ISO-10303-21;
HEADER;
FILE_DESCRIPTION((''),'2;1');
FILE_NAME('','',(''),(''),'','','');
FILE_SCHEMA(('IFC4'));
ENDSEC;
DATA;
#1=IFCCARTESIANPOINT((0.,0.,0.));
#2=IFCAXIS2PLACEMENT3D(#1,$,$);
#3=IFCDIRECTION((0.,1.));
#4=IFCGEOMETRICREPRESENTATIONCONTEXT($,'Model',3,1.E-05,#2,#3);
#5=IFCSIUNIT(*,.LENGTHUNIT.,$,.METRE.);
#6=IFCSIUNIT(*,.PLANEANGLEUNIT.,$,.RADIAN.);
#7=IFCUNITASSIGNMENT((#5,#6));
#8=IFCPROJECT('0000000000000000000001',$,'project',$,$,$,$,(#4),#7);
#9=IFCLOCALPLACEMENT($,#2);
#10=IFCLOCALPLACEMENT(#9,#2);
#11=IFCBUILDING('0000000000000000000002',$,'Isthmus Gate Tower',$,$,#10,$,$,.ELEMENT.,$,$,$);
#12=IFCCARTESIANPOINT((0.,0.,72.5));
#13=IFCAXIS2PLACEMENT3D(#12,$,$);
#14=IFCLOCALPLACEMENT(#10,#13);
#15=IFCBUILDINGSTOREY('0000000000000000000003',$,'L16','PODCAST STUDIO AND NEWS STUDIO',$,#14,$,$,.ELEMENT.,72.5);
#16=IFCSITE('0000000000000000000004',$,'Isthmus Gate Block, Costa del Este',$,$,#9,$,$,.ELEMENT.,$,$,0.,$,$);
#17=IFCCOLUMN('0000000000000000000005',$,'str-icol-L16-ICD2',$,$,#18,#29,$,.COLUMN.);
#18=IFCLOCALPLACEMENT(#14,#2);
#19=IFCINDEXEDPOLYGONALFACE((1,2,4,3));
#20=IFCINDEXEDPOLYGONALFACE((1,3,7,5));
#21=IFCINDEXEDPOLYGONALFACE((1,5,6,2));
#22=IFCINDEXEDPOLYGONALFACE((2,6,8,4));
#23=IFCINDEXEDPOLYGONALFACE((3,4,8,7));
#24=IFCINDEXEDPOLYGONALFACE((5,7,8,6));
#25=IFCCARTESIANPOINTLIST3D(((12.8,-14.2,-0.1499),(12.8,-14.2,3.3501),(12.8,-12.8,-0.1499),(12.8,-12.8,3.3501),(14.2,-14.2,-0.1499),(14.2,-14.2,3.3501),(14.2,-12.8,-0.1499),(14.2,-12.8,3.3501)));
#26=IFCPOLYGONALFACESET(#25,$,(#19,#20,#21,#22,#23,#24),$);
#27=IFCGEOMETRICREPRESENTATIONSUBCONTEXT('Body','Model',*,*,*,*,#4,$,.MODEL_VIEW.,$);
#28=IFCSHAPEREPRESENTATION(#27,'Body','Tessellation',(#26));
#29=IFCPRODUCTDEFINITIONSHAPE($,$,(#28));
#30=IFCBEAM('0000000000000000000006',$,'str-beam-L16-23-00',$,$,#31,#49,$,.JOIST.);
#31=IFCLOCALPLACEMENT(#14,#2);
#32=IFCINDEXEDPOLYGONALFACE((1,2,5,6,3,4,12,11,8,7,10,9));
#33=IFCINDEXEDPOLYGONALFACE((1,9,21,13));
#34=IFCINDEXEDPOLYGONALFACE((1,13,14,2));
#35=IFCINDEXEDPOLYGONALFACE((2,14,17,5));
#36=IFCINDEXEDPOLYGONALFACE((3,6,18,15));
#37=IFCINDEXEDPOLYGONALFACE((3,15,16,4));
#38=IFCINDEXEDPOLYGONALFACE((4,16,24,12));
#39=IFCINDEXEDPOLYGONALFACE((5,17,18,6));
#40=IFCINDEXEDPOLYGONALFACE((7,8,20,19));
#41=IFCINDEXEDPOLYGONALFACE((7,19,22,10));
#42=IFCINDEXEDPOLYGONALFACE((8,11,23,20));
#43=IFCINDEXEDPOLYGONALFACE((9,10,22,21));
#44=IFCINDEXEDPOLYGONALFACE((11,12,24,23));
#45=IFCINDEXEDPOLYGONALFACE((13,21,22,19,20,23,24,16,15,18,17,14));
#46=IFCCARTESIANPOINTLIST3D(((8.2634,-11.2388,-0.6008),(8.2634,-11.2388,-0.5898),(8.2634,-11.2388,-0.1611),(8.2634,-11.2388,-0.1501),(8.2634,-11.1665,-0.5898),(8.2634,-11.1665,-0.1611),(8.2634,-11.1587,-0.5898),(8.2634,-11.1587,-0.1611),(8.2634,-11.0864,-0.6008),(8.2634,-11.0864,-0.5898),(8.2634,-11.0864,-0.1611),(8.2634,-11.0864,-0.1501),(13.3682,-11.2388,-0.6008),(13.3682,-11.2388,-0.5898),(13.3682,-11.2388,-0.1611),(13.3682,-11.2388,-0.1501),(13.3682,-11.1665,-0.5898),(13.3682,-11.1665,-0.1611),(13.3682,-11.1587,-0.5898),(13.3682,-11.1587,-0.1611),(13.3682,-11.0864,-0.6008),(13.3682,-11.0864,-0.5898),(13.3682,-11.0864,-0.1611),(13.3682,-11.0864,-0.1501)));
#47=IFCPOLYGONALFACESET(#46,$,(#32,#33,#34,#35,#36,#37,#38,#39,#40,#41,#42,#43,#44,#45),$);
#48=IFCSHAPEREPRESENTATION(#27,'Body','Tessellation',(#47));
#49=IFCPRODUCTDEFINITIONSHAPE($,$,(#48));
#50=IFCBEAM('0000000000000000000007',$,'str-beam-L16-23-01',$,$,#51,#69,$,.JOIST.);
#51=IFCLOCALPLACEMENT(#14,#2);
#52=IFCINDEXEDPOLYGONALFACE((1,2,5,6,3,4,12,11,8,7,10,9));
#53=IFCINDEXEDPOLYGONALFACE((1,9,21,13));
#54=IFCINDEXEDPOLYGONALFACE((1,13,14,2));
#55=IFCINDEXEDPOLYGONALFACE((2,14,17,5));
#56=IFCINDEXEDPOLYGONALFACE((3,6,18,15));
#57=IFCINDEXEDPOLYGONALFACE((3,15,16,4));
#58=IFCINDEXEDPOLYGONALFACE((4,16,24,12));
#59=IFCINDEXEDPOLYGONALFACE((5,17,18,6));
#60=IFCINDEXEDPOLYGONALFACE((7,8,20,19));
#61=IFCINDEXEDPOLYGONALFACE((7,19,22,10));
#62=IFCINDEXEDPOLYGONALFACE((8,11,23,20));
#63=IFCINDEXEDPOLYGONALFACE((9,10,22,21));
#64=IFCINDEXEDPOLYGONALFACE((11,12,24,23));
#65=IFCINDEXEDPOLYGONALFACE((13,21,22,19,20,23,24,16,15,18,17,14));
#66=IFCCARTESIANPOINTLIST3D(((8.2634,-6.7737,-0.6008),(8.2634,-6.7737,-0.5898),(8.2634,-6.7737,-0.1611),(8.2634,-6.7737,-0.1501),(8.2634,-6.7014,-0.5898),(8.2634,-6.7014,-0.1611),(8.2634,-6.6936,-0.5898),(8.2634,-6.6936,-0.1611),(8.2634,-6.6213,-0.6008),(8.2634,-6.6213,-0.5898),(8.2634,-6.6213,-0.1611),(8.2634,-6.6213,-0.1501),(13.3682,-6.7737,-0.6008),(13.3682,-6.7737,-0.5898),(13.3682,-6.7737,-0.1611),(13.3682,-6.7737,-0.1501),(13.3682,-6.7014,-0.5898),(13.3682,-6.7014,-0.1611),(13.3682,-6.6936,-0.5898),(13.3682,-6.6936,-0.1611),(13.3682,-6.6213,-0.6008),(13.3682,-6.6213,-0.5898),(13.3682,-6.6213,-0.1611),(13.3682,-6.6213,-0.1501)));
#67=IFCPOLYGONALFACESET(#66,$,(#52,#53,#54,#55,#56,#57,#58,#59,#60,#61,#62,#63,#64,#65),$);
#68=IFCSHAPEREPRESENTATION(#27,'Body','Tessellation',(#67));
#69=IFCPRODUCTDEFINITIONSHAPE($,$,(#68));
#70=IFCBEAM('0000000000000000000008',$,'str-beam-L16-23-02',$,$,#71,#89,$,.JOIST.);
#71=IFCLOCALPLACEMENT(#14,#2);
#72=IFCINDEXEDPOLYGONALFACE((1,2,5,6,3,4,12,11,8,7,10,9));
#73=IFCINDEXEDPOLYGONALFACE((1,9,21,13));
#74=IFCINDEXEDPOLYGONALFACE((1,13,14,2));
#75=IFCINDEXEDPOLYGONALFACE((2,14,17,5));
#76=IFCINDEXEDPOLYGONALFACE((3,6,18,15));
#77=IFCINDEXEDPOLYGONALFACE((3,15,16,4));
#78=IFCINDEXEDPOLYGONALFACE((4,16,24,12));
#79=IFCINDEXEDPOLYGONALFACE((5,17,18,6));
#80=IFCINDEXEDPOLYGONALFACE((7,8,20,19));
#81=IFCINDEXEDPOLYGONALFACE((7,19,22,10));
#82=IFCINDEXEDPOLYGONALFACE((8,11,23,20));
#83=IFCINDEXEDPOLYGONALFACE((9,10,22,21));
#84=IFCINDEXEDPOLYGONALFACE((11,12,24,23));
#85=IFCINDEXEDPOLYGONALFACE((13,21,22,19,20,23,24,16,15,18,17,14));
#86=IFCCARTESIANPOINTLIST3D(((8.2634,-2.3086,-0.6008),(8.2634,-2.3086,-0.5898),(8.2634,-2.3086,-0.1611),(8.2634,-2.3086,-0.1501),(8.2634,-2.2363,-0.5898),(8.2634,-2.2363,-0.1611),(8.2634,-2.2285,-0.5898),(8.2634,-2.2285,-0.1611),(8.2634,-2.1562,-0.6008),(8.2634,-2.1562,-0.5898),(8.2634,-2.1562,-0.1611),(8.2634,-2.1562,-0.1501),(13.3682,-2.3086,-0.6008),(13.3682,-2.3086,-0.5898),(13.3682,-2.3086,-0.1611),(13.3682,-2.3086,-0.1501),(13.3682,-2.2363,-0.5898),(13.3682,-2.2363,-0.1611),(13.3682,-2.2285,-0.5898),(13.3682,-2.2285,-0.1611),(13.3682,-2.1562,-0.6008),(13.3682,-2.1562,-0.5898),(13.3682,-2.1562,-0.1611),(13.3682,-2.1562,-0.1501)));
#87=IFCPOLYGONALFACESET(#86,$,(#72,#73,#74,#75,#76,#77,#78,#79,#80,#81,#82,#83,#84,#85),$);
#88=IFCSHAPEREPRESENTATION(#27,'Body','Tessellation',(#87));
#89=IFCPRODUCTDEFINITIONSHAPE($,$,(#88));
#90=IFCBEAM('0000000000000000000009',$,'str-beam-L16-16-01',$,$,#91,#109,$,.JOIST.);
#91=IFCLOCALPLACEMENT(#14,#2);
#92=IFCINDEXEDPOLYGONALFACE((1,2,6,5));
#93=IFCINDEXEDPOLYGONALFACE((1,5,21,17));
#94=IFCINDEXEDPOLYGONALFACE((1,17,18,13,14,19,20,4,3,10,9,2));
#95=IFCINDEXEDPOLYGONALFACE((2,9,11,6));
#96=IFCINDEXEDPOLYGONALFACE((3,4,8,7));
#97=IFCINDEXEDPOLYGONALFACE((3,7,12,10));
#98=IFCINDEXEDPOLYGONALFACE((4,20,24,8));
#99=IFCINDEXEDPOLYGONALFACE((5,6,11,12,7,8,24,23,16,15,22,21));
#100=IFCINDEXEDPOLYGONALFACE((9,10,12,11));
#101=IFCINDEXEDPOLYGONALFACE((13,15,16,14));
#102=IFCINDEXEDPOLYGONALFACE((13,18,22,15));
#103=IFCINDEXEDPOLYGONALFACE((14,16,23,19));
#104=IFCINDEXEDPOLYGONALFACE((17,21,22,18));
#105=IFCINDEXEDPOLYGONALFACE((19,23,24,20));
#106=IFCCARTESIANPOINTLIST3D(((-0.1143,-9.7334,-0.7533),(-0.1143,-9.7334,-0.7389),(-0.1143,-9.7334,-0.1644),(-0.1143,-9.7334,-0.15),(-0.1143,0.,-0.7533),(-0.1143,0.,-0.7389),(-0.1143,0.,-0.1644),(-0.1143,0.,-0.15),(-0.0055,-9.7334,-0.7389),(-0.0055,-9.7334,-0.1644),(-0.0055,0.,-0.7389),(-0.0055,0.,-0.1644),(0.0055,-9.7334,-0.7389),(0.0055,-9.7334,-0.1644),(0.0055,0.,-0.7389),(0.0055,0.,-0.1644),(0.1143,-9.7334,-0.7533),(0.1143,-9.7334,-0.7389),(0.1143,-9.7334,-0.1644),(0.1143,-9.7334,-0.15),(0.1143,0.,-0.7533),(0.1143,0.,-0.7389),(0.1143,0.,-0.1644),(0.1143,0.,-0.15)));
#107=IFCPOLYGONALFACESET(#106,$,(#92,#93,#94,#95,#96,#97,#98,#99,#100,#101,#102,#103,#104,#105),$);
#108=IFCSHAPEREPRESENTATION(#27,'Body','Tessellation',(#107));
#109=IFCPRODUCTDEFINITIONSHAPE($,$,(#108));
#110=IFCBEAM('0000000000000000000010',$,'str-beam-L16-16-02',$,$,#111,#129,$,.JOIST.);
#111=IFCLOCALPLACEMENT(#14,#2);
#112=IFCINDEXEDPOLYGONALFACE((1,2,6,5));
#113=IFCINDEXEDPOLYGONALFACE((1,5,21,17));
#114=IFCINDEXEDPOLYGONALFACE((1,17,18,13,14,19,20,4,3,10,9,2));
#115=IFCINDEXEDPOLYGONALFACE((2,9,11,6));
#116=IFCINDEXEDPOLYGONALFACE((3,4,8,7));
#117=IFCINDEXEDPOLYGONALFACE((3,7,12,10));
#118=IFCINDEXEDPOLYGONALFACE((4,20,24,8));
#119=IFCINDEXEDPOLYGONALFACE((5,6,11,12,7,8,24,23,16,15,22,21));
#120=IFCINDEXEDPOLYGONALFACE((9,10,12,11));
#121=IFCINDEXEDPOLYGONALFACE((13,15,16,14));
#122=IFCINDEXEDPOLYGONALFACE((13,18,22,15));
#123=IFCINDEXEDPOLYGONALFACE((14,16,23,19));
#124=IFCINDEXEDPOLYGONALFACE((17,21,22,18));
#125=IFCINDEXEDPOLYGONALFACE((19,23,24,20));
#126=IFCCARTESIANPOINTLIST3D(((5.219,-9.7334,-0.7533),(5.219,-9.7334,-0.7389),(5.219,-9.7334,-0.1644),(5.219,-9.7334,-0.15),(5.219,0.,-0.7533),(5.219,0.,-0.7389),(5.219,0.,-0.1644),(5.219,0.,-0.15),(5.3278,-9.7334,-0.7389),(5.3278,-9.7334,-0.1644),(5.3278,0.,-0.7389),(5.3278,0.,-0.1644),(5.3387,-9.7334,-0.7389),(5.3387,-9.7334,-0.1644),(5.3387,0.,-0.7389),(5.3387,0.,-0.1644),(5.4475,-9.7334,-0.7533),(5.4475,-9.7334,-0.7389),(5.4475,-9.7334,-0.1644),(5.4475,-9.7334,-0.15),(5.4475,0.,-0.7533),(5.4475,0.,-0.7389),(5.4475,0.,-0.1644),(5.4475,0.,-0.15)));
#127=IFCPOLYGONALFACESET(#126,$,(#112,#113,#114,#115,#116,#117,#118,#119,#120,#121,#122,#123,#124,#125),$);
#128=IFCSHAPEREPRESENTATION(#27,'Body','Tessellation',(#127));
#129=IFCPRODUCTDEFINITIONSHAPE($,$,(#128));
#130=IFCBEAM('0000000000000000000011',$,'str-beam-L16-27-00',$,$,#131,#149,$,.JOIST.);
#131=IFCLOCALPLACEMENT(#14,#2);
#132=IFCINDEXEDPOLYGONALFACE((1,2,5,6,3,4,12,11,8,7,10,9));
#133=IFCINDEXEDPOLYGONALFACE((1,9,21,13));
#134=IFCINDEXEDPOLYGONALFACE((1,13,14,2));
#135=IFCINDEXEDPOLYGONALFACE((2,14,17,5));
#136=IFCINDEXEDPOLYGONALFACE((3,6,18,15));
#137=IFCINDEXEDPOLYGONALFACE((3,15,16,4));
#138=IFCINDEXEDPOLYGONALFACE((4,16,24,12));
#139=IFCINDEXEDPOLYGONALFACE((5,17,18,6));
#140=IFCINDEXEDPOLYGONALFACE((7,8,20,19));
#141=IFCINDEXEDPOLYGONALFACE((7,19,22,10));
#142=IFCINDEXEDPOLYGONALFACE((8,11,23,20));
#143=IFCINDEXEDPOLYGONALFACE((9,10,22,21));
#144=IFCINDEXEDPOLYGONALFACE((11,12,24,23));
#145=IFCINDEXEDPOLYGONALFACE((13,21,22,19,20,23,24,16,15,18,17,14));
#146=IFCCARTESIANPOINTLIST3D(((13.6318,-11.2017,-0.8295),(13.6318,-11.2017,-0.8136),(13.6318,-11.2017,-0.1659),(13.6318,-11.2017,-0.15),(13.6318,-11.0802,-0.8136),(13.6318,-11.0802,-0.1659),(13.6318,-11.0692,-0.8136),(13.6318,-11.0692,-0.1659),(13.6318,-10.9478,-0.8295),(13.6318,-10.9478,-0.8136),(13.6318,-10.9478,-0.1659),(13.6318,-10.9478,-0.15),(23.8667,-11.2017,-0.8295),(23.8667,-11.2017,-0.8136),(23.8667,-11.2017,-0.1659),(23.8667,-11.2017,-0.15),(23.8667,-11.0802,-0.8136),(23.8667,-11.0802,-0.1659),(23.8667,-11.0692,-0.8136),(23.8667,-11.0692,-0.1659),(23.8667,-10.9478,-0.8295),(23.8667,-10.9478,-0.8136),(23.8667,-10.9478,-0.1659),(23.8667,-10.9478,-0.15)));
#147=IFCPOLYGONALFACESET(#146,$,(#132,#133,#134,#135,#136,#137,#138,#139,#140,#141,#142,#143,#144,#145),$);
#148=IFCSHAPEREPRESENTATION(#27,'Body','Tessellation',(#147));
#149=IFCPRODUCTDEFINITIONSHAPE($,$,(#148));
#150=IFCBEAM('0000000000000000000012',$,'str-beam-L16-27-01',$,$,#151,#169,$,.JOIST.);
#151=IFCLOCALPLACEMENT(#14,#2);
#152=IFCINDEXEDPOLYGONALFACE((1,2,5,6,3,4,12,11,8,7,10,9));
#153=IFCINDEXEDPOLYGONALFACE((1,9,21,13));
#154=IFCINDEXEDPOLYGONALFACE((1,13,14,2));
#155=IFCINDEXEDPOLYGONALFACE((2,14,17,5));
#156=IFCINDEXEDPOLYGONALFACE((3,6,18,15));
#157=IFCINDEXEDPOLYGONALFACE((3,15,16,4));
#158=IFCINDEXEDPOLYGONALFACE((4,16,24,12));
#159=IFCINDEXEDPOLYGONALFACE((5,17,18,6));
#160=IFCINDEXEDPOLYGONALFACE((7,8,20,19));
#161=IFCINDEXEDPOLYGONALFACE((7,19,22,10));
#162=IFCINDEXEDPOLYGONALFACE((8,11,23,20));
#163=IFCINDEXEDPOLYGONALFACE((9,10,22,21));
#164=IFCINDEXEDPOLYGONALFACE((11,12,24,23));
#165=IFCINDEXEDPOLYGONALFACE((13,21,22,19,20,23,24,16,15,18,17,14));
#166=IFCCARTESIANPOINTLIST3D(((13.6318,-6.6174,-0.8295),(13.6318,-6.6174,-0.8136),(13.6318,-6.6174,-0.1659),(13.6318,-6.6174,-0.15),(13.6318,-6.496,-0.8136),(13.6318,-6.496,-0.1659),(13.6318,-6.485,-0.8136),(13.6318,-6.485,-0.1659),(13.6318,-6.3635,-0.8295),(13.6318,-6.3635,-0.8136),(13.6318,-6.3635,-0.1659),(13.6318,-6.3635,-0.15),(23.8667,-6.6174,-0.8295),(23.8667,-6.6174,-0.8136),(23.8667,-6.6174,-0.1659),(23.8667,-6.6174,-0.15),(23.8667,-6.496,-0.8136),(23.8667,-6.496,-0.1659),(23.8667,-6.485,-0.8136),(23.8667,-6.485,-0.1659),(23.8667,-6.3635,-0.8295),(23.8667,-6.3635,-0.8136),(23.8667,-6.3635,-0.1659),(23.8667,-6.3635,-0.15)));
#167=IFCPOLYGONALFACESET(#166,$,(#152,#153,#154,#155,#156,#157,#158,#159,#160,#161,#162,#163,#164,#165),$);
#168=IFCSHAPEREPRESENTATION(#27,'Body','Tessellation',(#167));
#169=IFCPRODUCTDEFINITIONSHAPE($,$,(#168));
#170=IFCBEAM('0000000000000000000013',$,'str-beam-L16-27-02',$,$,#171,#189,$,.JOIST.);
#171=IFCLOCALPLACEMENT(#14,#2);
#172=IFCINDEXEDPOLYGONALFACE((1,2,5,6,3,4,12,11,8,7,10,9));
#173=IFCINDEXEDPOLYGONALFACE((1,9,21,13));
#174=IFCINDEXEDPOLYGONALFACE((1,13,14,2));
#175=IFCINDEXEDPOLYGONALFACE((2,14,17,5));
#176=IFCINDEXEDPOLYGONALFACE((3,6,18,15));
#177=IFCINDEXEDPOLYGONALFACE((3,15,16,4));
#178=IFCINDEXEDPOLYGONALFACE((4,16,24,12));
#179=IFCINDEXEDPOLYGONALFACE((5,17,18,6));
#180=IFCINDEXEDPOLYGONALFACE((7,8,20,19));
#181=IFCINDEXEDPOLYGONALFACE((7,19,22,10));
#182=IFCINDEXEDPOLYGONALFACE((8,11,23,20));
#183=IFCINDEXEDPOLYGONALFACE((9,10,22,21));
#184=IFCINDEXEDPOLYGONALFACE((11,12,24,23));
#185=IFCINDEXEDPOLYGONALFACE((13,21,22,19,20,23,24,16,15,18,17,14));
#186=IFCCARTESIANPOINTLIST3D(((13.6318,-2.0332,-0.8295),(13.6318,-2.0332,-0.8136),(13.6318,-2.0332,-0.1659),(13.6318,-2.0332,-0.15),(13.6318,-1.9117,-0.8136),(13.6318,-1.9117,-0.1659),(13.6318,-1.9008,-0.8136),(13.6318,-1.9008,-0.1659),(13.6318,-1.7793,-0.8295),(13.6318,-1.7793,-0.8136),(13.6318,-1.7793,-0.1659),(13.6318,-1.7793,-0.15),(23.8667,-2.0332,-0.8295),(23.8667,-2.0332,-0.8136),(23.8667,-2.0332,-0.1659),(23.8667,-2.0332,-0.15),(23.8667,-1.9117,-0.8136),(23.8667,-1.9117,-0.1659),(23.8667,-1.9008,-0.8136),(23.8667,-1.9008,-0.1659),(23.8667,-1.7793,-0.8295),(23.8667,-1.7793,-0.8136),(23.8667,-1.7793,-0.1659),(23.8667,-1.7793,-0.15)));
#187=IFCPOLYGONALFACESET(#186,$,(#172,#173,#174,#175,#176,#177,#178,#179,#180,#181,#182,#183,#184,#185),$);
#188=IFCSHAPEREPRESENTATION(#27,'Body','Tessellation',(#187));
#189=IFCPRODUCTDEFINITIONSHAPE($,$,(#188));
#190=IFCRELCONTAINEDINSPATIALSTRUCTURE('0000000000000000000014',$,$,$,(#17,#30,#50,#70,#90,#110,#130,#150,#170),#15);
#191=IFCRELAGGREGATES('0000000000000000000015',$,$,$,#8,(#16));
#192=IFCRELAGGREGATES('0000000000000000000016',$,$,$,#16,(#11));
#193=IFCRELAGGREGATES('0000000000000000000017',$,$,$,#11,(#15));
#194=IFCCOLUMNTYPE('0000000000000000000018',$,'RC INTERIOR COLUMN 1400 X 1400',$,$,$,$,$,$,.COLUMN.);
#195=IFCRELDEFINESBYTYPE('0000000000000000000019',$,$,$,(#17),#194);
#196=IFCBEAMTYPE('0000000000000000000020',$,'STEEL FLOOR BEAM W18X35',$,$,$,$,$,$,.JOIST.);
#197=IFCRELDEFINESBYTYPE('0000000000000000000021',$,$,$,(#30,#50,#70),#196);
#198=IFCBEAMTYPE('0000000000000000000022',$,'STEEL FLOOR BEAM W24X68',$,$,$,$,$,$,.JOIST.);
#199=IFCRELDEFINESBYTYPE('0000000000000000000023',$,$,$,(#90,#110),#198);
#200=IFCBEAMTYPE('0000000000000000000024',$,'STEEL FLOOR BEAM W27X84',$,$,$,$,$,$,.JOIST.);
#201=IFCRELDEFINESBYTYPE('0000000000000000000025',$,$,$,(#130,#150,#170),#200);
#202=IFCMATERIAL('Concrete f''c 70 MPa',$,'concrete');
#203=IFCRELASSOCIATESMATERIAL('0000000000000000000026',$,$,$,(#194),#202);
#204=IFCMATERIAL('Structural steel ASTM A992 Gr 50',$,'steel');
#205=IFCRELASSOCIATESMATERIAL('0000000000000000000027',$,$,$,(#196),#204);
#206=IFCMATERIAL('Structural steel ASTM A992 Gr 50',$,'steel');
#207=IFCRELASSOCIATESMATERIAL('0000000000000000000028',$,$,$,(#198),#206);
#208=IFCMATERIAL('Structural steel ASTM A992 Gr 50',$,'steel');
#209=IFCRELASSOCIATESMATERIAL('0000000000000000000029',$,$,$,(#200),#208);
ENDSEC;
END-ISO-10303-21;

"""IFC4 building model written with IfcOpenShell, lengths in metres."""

from ifc_helpers import new_model, si_unit, direction, frame, origin, origin_2d, place, context, subcontext, project, spatial, rectangle, i_section, extrude, material, material_profile, profile_set, type_object, element, save


model = new_model("IFC4")

# Units and contexts
model_context = context("Model", 3, precision=1e-05, world=origin(), true_north=direction((0.0, 1.0)))
body_context = subcontext(model_context, "Body", "Model", "MODEL_VIEW")
ifc_project = project(units=[si_unit("LENGTHUNIT", "METRE"), si_unit("PLANEANGLEUNIT", "RADIAN")], contexts=[model_context])

# Site, building, storey
site_placement = place(None, origin())
site = spatial("IfcSite", under=ifc_project, at=site_placement, Name="Isthmus Gate Block, Costa del Este", CompositionType="ELEMENT", RefElevation=0.0)
building_placement = place(site_placement, origin())
building = spatial("IfcBuilding", under=site, at=building_placement, Name="Isthmus Gate Tower", CompositionType="ELEMENT")
storey_placement = place(building_placement, frame((0.0, 0.0, 72.5)))
storey = spatial("IfcBuildingStorey", under=building, at=storey_placement, Name="L16", Description="PODCAST STUDIO AND NEWS STUDIO", CompositionType="ELEMENT", Elevation=72.5)

# Column
ifc_material_1 = material(Name="Concrete f'c 70 MPa", Category="concrete")
ifc_material_profile_1 = material_profile(ifc_material_1, rectangle(XDim=1.3999, YDim=1.3999, at=origin_2d()), Name="RC 1400X1400")
ifc_profile_set_1 = profile_set([ifc_material_profile_1], Name="Concrete f'c 70 MPa")
column_type = type_object("IfcColumnType", Name="RC INTERIOR COLUMN 1400 X 1400", PredefinedType="COLUMN", material=ifc_profile_set_1)
column_placement = place(storey_placement, frame((13.5, -13.5, -0.1499), z_axis=(0.0, 0.0, 1.0), x_axis=(1.0, 0.0, 0.0)))
element("IfcColumn", 1, at=column_placement, inside=storey, type_object=column_type, Name="str-icol-L16-ICD2", PredefinedType="COLUMN", context=body_context, shape_type="SweptSolid", body=[
    extrude(rectangle(XDim=1.3999, YDim=1.3999, at=origin_2d()), origin(), (0.0, 0.0, 1.0), 3.5),
])

# Beams
ifc_material_2 = material(Name="Structural steel ASTM A992 Gr 50", Category="steel")
ifc_material_profile_2 = material_profile(ifc_material_2, i_section(OverallWidth=0.1523, OverallDepth=0.4507, WebThickness=0.0078, FlangeThickness=0.011, at=origin_2d()), Name="W18X35")
ifc_profile_set_2 = profile_set([ifc_material_profile_2], Name="Structural steel ASTM A992 Gr 50")
beam_type_1 = type_object("IfcBeamType", Name="STEEL FLOOR BEAM W18X35", PredefinedType="JOIST", material=ifc_profile_set_2)
for number, where, z_axis, x_axis, name in (
    (2, (8.2634, -11.1626, -0.3755), (1.0, 0.0, 0.0), (0.0, 1.0, 0.0), "str-beam-L16-23-00"),
    (3, (8.2634, -6.6975, -0.3755), (1.0, 0.0, 0.0), (0.0, 1.0, 0.0), "str-beam-L16-23-01"),
    (4, (8.2634, -2.2324, -0.3755), (1.0, 0.0, 0.0), (0.0, 1.0, 0.0), "str-beam-L16-23-02"),
):
    element("IfcBeam", number, at=place(storey_placement, frame(where, z_axis=z_axis, x_axis=x_axis)), inside=storey, type_object=beam_type_1, Name=name, PredefinedType="JOIST", context=body_context, shape_type="SweptSolid", body=[
        extrude(i_section(OverallWidth=0.1523, OverallDepth=0.4507, WebThickness=0.0078, FlangeThickness=0.011, at=origin_2d()), origin(), (0.0, 0.0, 1.0), 5.1047),
    ])
ifc_material_3 = material(Name="Structural steel ASTM A992 Gr 50", Category="steel")
ifc_material_profile_3 = material_profile(ifc_material_3, i_section(OverallWidth=0.2285, OverallDepth=0.6033, WebThickness=0.011, FlangeThickness=0.0144, at=origin_2d()), Name="W24X68")
ifc_profile_set_3 = profile_set([ifc_material_profile_3], Name="Structural steel ASTM A992 Gr 50")
beam_type_2 = type_object("IfcBeamType", Name="STEEL FLOOR BEAM W24X68", PredefinedType="JOIST", material=ifc_profile_set_3)
for number, where, z_axis, x_axis, name in (
    (5, (0.0, -9.7334, -0.4517), (0.0, 1.0, 0.0), (-1.0, 0.0, 0.0), "str-beam-L16-16-01"),
    (6, (5.3333, -9.7334, -0.4517), (0.0, 1.0, 0.0), (-1.0, 0.0, 0.0), "str-beam-L16-16-02"),
):
    element("IfcBeam", number, at=place(storey_placement, frame(where, z_axis=z_axis, x_axis=x_axis)), inside=storey, type_object=beam_type_2, Name=name, PredefinedType="JOIST", context=body_context, shape_type="SweptSolid", body=[
        extrude(i_section(OverallWidth=0.2285, OverallDepth=0.6033, WebThickness=0.011, FlangeThickness=0.0144, at=origin_2d()), origin(), (0.0, 0.0, 1.0), 9.7334),
    ])
ifc_material_4 = material(Name="Structural steel ASTM A992 Gr 50", Category="steel")
ifc_material_profile_4 = material_profile(ifc_material_4, i_section(OverallWidth=0.2539, OverallDepth=0.6794, WebThickness=0.011, FlangeThickness=0.0159, at=origin_2d()), Name="W27X84")
ifc_profile_set_4 = profile_set([ifc_material_profile_4], Name="Structural steel ASTM A992 Gr 50")
beam_type_3 = type_object("IfcBeamType", Name="STEEL FLOOR BEAM W27X84", PredefinedType="JOIST", material=ifc_profile_set_4)
for number, where, z_axis, x_axis, name in (
    (7, (13.6318, -11.0747, -0.4897), (1.0, 0.0, 0.0), (0.0, 1.0, 0.0), "str-beam-L16-27-00"),
    (8, (13.6318, -6.4905, -0.4897), (1.0, 0.0, 0.0), (0.0, 1.0, 0.0), "str-beam-L16-27-01"),
    (9, (13.6318, -1.9062, -0.4897), (1.0, 0.0, 0.0), (0.0, 1.0, 0.0), "str-beam-L16-27-02"),
):
    element("IfcBeam", number, at=place(storey_placement, frame(where, z_axis=z_axis, x_axis=x_axis)), inside=storey, type_object=beam_type_3, Name=name, PredefinedType="JOIST", context=body_context, shape_type="SweptSolid", body=[
        extrude(i_section(OverallWidth=0.2539, OverallDepth=0.6794, WebThickness=0.011, FlangeThickness=0.0159, at=origin_2d()), origin(), (0.0, 0.0, 1.0), 10.2349),
    ])

save(model, "model.ifc")
